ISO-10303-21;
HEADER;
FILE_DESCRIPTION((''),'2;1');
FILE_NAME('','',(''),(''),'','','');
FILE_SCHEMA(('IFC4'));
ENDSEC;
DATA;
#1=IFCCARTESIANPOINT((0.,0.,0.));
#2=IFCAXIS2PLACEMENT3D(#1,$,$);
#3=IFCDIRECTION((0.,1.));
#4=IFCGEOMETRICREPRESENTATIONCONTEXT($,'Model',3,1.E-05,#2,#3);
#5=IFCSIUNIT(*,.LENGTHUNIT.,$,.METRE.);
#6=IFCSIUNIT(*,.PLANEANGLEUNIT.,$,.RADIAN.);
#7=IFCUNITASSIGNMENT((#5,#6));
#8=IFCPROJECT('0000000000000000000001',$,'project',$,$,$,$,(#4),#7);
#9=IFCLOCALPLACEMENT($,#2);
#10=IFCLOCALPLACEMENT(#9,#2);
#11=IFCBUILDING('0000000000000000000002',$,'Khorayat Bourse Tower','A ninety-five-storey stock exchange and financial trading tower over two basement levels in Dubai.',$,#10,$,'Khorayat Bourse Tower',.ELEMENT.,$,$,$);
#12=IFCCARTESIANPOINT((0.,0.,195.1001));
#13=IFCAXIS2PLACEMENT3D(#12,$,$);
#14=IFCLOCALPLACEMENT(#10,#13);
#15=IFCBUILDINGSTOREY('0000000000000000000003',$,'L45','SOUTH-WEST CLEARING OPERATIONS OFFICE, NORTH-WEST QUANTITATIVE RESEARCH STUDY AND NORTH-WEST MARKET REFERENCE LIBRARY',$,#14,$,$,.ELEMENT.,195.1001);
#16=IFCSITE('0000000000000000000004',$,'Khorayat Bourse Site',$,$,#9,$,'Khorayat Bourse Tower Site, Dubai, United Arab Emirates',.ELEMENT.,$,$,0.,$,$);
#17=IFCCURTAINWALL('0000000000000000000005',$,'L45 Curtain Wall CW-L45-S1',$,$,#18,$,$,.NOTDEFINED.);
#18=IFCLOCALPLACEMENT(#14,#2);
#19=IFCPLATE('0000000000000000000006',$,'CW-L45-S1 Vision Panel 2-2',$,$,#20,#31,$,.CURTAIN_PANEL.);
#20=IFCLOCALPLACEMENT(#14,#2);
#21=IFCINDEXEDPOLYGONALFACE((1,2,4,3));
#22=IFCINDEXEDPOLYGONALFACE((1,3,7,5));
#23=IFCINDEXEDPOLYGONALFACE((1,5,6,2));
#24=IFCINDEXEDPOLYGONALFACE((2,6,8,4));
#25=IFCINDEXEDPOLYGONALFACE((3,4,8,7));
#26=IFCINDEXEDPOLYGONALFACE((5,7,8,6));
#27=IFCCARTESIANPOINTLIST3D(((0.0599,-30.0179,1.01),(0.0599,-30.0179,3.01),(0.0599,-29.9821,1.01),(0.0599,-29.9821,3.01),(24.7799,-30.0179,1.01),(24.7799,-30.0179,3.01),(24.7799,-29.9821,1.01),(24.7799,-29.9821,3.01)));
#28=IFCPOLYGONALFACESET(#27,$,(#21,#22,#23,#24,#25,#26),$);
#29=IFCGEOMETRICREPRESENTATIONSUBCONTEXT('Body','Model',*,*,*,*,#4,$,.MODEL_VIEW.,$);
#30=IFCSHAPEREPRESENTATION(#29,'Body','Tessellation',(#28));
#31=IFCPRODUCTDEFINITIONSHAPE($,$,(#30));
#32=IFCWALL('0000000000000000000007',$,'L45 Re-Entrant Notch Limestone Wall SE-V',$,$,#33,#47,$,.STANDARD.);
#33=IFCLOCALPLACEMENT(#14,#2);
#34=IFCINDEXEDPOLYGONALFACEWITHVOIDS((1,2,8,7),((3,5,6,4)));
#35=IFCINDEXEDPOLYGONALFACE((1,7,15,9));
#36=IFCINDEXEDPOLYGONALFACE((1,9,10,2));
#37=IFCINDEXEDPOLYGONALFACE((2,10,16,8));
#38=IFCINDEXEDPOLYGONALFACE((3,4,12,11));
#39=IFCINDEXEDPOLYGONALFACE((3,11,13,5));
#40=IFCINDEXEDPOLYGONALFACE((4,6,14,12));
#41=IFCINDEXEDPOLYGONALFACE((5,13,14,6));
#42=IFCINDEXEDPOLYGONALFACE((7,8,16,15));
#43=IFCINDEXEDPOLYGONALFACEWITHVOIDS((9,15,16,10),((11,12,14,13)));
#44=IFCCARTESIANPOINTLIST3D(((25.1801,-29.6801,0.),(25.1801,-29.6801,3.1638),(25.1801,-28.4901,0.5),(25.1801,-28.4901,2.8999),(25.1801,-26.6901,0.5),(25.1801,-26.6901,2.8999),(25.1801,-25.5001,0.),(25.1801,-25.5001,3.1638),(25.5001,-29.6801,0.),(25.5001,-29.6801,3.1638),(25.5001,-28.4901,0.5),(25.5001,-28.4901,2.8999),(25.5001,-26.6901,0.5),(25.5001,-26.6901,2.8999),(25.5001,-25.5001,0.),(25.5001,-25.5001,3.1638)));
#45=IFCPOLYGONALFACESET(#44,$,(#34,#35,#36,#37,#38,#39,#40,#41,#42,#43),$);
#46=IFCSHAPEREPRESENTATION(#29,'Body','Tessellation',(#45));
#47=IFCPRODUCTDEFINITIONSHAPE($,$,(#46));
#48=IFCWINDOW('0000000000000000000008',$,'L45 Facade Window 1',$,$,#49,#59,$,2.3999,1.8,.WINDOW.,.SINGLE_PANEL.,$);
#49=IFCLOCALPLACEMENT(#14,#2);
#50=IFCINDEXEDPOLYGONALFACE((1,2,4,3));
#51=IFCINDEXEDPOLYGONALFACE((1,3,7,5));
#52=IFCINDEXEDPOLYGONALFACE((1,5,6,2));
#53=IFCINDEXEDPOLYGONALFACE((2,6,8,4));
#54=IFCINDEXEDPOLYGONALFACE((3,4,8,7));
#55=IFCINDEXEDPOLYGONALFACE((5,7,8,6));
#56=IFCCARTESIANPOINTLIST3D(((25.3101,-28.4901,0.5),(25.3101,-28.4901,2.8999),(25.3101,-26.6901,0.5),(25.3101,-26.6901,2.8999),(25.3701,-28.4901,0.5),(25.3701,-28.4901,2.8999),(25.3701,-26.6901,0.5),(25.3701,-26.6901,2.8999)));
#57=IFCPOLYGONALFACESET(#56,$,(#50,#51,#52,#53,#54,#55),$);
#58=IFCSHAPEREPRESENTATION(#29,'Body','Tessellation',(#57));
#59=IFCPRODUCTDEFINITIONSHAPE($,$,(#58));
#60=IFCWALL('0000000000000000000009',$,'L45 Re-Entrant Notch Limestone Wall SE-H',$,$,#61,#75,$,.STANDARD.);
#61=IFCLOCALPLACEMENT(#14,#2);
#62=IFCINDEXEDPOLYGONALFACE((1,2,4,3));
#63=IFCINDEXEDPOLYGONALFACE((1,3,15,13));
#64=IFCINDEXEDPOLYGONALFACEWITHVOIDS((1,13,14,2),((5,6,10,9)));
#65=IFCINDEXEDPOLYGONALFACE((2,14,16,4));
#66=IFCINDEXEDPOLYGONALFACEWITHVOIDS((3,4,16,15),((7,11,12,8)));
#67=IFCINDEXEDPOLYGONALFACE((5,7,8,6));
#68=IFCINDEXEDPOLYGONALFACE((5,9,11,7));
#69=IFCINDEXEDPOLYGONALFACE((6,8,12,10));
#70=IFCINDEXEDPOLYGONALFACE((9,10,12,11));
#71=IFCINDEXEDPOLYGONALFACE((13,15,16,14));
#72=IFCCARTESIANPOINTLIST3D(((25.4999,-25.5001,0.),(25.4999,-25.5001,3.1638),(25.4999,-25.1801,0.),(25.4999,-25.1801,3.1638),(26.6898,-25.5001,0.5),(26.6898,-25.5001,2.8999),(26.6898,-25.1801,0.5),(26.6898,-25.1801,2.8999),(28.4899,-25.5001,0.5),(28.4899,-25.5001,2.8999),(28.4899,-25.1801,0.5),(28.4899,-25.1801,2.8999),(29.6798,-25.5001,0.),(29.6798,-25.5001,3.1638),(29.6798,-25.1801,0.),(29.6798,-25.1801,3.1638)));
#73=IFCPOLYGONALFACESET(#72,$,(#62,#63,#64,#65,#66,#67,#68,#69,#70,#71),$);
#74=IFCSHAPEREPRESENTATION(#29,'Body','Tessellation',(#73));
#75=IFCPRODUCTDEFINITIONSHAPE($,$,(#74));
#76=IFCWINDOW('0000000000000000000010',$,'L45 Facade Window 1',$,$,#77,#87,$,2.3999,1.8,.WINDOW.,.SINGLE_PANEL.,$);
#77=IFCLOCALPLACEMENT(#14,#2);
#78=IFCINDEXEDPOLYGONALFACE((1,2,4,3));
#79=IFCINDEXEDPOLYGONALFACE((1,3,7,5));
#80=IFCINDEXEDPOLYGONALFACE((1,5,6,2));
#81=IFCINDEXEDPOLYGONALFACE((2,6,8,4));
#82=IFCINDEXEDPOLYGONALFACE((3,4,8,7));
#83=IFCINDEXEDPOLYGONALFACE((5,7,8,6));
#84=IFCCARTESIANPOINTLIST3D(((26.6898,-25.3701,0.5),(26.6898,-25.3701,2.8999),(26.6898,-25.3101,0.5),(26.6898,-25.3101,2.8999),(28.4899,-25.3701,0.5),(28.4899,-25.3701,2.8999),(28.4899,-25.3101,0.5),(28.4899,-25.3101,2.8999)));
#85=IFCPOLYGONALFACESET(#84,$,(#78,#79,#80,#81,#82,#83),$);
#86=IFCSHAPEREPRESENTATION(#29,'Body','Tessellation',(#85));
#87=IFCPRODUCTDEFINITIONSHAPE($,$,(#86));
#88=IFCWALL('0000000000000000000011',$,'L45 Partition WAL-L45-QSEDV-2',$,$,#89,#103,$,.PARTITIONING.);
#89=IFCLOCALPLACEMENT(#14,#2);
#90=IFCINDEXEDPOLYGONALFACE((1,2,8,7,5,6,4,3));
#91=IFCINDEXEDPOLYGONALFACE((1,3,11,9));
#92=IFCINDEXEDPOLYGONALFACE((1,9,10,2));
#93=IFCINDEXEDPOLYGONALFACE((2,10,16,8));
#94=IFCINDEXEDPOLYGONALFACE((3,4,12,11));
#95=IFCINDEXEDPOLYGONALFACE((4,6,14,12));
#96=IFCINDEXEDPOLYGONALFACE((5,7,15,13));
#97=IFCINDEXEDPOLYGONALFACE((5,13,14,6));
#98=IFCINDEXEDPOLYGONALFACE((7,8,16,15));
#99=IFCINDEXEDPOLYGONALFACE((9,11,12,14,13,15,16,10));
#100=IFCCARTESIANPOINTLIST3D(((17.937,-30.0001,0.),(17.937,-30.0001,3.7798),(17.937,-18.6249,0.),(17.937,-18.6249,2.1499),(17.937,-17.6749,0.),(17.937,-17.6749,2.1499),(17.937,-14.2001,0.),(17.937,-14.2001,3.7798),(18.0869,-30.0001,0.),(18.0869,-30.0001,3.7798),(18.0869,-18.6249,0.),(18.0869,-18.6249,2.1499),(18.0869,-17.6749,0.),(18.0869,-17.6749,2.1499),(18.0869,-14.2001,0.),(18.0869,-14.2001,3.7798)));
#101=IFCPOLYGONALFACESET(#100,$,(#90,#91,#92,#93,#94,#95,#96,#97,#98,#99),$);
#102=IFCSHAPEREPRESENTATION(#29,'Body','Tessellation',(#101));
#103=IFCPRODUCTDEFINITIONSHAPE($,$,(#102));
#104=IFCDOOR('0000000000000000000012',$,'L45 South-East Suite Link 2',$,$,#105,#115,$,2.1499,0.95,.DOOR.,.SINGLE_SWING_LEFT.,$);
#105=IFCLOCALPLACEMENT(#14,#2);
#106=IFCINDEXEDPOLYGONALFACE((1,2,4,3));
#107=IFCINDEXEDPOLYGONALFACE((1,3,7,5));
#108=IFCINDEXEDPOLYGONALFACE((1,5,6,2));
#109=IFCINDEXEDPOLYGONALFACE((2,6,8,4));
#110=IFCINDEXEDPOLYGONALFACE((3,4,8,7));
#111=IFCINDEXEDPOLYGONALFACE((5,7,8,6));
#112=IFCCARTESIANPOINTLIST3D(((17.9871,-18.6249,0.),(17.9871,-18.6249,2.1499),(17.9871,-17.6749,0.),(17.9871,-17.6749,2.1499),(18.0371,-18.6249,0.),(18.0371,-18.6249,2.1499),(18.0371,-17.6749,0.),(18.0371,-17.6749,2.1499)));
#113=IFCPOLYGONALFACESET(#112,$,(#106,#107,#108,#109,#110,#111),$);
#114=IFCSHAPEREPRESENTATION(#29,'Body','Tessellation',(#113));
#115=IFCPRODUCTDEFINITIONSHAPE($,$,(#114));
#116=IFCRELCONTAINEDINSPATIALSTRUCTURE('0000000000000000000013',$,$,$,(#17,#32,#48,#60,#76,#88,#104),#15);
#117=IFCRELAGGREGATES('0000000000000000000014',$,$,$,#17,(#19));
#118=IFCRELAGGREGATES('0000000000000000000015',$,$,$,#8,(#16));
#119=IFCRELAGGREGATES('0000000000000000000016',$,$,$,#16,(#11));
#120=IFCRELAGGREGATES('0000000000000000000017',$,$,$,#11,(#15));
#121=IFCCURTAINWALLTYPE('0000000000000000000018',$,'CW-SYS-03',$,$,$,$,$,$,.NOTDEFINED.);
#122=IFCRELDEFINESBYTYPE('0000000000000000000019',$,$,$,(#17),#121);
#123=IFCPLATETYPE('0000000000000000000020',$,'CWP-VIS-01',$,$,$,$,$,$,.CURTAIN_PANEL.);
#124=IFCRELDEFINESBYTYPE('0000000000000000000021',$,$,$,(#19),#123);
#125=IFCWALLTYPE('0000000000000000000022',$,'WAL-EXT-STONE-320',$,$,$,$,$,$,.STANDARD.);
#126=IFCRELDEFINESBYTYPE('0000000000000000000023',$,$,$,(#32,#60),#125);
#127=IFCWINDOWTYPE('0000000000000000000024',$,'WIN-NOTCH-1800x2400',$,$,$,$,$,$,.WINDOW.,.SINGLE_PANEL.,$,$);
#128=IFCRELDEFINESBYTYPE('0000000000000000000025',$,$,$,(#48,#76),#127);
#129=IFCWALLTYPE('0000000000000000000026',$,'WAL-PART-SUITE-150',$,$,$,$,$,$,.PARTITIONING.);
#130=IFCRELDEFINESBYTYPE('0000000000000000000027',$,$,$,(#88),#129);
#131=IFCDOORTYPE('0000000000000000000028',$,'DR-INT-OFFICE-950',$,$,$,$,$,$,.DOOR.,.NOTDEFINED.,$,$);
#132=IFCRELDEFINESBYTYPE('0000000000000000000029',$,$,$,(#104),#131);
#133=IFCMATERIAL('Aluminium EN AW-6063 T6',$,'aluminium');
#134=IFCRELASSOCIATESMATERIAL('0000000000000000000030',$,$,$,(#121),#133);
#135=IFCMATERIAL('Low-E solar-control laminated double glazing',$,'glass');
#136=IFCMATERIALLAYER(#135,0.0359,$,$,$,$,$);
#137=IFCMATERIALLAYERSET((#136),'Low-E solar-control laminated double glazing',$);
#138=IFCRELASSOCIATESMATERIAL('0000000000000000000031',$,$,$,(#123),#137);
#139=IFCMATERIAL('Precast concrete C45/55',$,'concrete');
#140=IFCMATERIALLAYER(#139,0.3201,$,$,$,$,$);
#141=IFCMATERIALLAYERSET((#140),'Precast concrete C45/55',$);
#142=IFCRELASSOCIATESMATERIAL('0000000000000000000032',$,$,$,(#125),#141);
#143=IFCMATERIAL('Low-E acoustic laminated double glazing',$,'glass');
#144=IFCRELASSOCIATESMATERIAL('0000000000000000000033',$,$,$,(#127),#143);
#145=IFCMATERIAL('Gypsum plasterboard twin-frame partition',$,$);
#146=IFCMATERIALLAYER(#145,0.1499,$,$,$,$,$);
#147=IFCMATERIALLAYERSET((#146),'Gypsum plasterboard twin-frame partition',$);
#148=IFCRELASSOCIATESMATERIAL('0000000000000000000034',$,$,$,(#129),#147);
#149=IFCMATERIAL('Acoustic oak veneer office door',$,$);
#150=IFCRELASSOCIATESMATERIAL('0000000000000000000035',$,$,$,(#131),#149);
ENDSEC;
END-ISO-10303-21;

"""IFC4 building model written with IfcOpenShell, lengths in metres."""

from ifc_helpers import new_model, si_unit, direction, frame, frame_2d, origin, origin_2d, place, context, subcontext, project, spatial, rectangle, extrude, source, transform, mapped, material, layer, layer_set, type_object, element, fill, aggregate, save


model = new_model("IFC4")

# Units and contexts
model_context = context("Model", 3, precision=1e-05, world=origin(), true_north=direction((0.0, 1.0)))
body_context = subcontext(model_context, "Body", "Model", "MODEL_VIEW")
ifc_project = project(units=[si_unit("LENGTHUNIT", "METRE"), si_unit("PLANEANGLEUNIT", "RADIAN")], contexts=[model_context])

# Site, building, storey
site_placement = place(None, origin())
site = spatial("IfcSite", under=ifc_project, at=site_placement, Name="Khorayat Bourse Site", LongName="Khorayat Bourse Tower Site, Dubai, United Arab Emirates", CompositionType="ELEMENT", RefElevation=0.0)
building_placement = place(site_placement, origin())
building = spatial("IfcBuilding", under=site, at=building_placement, Name="Khorayat Bourse Tower", Description="A ninety-five-storey stock exchange and financial trading tower over two basement levels in Dubai.", LongName="Khorayat Bourse Tower", CompositionType="ELEMENT")
storey_placement = place(building_placement, frame((0.0, 0.0, 195.1001)))
storey = spatial("IfcBuildingStorey", under=building, at=storey_placement, Name="L45", Description="SOUTH-WEST CLEARING OPERATIONS OFFICE, NORTH-WEST QUANTITATIVE RESEARCH STUDY AND NORTH-WEST MARKET REFERENCE LIBRARY", CompositionType="ELEMENT", Elevation=195.1001)

# Curtain wall
ifc_material_1 = material(Name="Aluminium EN AW-6063 T6", Category="aluminium")
curtain_wall_type = type_object("IfcCurtainWallType", Name="CW-SYS-03", PredefinedType="NOTDEFINED", material=ifc_material_1)
curtain_wall_1_placement = place(storey_placement, origin())
curtain_wall_1 = element("IfcCurtainWall", 1, at=curtain_wall_1_placement, inside=storey, type_object=curtain_wall_type, Name="L45 Curtain Wall CW-L45-S1", PredefinedType="NOTDEFINED")

# Plate
ifc_material_2 = material(Name="Low-E solar-control laminated double glazing", Category="glass")
ifc_layer_1 = layer(ifc_material_2, 0.0359)
ifc_layer_set_1 = layer_set([ifc_layer_1], Name="Low-E solar-control laminated double glazing")
plate_type_1 = type_object("IfcPlateType", Name="CWP-VIS-01", PredefinedType="CURTAIN_PANEL", material=ifc_layer_set_1)
shared_shape_1 = source(origin(), body_context, "Body", "SweptSolid", [
    extrude(rectangle(XDim=24.72, YDim=0.0359, at=origin_2d()), origin(), (0.0, 0.0, 1.0), 2.0),
])
plate_1_placement = place(storey_placement, frame((12.4199, -30.0, 1.01), z_axis=(0.0, 0.0, 1.0), x_axis=(1.0, 0.0, 0.0)))
plate_1 = element("IfcPlate", 2, at=plate_1_placement, type_object=plate_type_1, Name="CW-L45-S1 Vision Panel 2-2", PredefinedType="CURTAIN_PANEL", context=body_context, shape_type="MappedRepresentation", body=[
    mapped(shared_shape_1, transform((0.0, 0.0, 0.0), scale=1.0)),
])
aggregate(curtain_wall_1, [plate_1])

# Walls, openings, windows
ifc_material_3 = material(Name="Precast concrete C45/55", Category="concrete")
ifc_layer_2 = layer(ifc_material_3, 0.3201)
ifc_layer_set_2 = layer_set([ifc_layer_2], Name="Precast concrete C45/55")
wall_type_1 = type_object("IfcWallType", Name="WAL-EXT-STONE-320", PredefinedType="STANDARD", material=ifc_layer_set_2)
shared_shape_2 = source(origin(), body_context, "Body", "SweptSolid", [
    extrude(rectangle(XDim=4.1799, YDim=0.3201, at=frame_2d((2.0898, 0.0))), origin(), (0.0, 0.0, 1.0), 3.1638),
])
wall_1_placement = place(storey_placement, frame((25.3401, -29.6799, 0.0), z_axis=(0.0, 0.0, 1.0), x_axis=(0.0, 1.0, 0.0)))
wall_1 = element("IfcWall", 3, at=wall_1_placement, inside=storey, type_object=wall_type_1, Name="L45 Re-Entrant Notch Limestone Wall SE-V", PredefinedType="STANDARD", context=body_context, shape_type="MappedRepresentation", body=[
    mapped(shared_shape_2, transform((0.0, 0.0, 0.0), scale=1.0)),
])
shared_shape_3 = source(origin(), body_context, "Body", "SweptSolid", [
    extrude(rectangle(XDim=1.8, YDim=2.3999, at=frame_2d((0.8999, 1.2))), frame((0.0, 0.1699, 0.0), z_axis=(0.0, -1.0, 0.0), x_axis=(1.0, 0.0, 0.0)), (0.0, 0.0, 1.0), 0.3401),
])
opening_1_placement = place(wall_1_placement, frame((1.1899, 0.0, 0.5)))
opening_1 = element("IfcOpeningElement", 4, at=opening_1_placement, cuts=wall_1, PredefinedType="OPENING", context=body_context, shape_type="MappedRepresentation", body=[
    mapped(shared_shape_3, transform((0.0, 0.0, 0.0), scale=1.0)),
])
ifc_material_4 = material(Name="Low-E acoustic laminated double glazing", Category="glass")
window_type = type_object("IfcWindowType", Name="WIN-NOTCH-1800x2400", PartitioningType="SINGLE_PANEL", PredefinedType="WINDOW", material=ifc_material_4)
shared_shape_4 = source(origin(), body_context, "Body", "SweptSolid", [
    extrude(rectangle(XDim=1.8, YDim=2.3999, at=frame_2d((0.8999, 1.2))), frame((0.0, 0.03, 0.0), z_axis=(0.0, -1.0, 0.0), x_axis=(1.0, 0.0, 0.0)), (0.0, 0.0, 1.0), 0.0601),
])
window_1_placement = place(opening_1_placement, origin())
window_1 = element("IfcWindow", 5, at=window_1_placement, inside=storey, type_object=window_type, Name="L45 Facade Window 1", OverallHeight=2.3999, OverallWidth=1.8, PartitioningType="SINGLE_PANEL", PredefinedType="WINDOW", context=body_context, shape_type="MappedRepresentation", body=[
    mapped(shared_shape_4, transform((0.0, 0.0, 0.0), scale=1.0)),
])
fill(opening_1, window_1)
wall_2_placement = place(storey_placement, frame((25.5, -25.3401, 0.0), z_axis=(0.0, 0.0, 1.0), x_axis=(1.0, 0.0, 0.0)))
wall_2 = element("IfcWall", 6, at=wall_2_placement, inside=storey, type_object=wall_type_1, Name="L45 Re-Entrant Notch Limestone Wall SE-H", PredefinedType="STANDARD", context=body_context, shape_type="MappedRepresentation", body=[
    mapped(shared_shape_2, transform((0.0, 0.0, 0.0), scale=1.0)),
])
opening_2_placement = place(wall_2_placement, frame((1.1899, 0.0, 0.5)))
opening_2 = element("IfcOpeningElement", 7, at=opening_2_placement, cuts=wall_2, PredefinedType="OPENING", context=body_context, shape_type="MappedRepresentation", body=[
    mapped(shared_shape_3, transform((0.0, 0.0, 0.0), scale=1.0)),
])
window_2_placement = place(opening_2_placement, origin())
window_2 = element("IfcWindow", 8, at=window_2_placement, inside=storey, type_object=window_type, Name="L45 Facade Window 1", OverallHeight=2.3999, OverallWidth=1.8, PartitioningType="SINGLE_PANEL", PredefinedType="WINDOW", context=body_context, shape_type="MappedRepresentation", body=[
    mapped(shared_shape_4, transform((0.0, 0.0, 0.0), scale=1.0)),
])
fill(opening_2, window_2)

# Wall, opening, door
ifc_material_5 = material(Name="Gypsum plasterboard twin-frame partition")
ifc_layer_3 = layer(ifc_material_5, 0.1499)
ifc_layer_set_3 = layer_set([ifc_layer_3], Name="Gypsum plasterboard twin-frame partition")
wall_type_2 = type_object("IfcWallType", Name="WAL-PART-SUITE-150", PredefinedType="PARTITIONING", material=ifc_layer_set_3)
shared_shape_5 = source(origin(), body_context, "Body", "SweptSolid", [
    extrude(rectangle(XDim=15.8, YDim=0.1499, at=frame_2d((7.8999, 0.0))), origin(), (0.0, 0.0, 1.0), 3.7798),
])
wall_3_placement = place(storey_placement, frame((18.012, -30.0, 0.0), z_axis=(0.0, 0.0, 1.0), x_axis=(0.0, 1.0, 0.0)))
wall_3 = element("IfcWall", 9, at=wall_3_placement, inside=storey, type_object=wall_type_2, Name="L45 Partition WAL-L45-QSEDV-2", PredefinedType="PARTITIONING", context=body_context, shape_type="MappedRepresentation", body=[
    mapped(shared_shape_5, transform((0.0, 0.0, 0.0), scale=1.0)),
])
shared_shape_6 = source(origin(), body_context, "Body", "SweptSolid", [
    extrude(rectangle(XDim=0.95, YDim=2.1499, at=frame_2d((0.4751, 1.075))), frame((0.0, 0.085, 0.0), z_axis=(0.0, -1.0, 0.0), x_axis=(1.0, 0.0, 0.0)), (0.0, 0.0, 1.0), 0.1699),
])
opening_3_placement = place(wall_3_placement, frame((11.375, 0.0, 0.0)))
opening_3 = element("IfcOpeningElement", 10, at=opening_3_placement, cuts=wall_3, PredefinedType="OPENING", context=body_context, shape_type="MappedRepresentation", body=[
    mapped(shared_shape_6, transform((0.0, 0.0, 0.0), scale=1.0)),
])
ifc_material_6 = material(Name="Acoustic oak veneer office door")
door_type = type_object("IfcDoorType", Name="DR-INT-OFFICE-950", OperationType="NOTDEFINED", PredefinedType="DOOR", material=ifc_material_6)
shared_shape_7 = source(origin(), body_context, "Body", "SweptSolid", [
    extrude(rectangle(XDim=0.95, YDim=2.1499, at=frame_2d((0.4751, 1.075))), frame((0.0, 0.0249, 0.0), z_axis=(0.0, -1.0, 0.0), x_axis=(1.0, 0.0, 0.0)), (0.0, 0.0, 1.0), 0.05),
])
door_placement = place(opening_3_placement, origin())
door = element("IfcDoor", 11, at=door_placement, inside=storey, type_object=door_type, Name="L45 South-East Suite Link 2", OperationType="SINGLE_SWING_LEFT", OverallHeight=2.1499, OverallWidth=0.95, PredefinedType="DOOR", context=body_context, shape_type="MappedRepresentation", body=[
    mapped(shared_shape_7, transform((0.0, 0.0, 0.0), scale=1.0)),
])
fill(opening_3, door)

save(model, "model.ifc")
